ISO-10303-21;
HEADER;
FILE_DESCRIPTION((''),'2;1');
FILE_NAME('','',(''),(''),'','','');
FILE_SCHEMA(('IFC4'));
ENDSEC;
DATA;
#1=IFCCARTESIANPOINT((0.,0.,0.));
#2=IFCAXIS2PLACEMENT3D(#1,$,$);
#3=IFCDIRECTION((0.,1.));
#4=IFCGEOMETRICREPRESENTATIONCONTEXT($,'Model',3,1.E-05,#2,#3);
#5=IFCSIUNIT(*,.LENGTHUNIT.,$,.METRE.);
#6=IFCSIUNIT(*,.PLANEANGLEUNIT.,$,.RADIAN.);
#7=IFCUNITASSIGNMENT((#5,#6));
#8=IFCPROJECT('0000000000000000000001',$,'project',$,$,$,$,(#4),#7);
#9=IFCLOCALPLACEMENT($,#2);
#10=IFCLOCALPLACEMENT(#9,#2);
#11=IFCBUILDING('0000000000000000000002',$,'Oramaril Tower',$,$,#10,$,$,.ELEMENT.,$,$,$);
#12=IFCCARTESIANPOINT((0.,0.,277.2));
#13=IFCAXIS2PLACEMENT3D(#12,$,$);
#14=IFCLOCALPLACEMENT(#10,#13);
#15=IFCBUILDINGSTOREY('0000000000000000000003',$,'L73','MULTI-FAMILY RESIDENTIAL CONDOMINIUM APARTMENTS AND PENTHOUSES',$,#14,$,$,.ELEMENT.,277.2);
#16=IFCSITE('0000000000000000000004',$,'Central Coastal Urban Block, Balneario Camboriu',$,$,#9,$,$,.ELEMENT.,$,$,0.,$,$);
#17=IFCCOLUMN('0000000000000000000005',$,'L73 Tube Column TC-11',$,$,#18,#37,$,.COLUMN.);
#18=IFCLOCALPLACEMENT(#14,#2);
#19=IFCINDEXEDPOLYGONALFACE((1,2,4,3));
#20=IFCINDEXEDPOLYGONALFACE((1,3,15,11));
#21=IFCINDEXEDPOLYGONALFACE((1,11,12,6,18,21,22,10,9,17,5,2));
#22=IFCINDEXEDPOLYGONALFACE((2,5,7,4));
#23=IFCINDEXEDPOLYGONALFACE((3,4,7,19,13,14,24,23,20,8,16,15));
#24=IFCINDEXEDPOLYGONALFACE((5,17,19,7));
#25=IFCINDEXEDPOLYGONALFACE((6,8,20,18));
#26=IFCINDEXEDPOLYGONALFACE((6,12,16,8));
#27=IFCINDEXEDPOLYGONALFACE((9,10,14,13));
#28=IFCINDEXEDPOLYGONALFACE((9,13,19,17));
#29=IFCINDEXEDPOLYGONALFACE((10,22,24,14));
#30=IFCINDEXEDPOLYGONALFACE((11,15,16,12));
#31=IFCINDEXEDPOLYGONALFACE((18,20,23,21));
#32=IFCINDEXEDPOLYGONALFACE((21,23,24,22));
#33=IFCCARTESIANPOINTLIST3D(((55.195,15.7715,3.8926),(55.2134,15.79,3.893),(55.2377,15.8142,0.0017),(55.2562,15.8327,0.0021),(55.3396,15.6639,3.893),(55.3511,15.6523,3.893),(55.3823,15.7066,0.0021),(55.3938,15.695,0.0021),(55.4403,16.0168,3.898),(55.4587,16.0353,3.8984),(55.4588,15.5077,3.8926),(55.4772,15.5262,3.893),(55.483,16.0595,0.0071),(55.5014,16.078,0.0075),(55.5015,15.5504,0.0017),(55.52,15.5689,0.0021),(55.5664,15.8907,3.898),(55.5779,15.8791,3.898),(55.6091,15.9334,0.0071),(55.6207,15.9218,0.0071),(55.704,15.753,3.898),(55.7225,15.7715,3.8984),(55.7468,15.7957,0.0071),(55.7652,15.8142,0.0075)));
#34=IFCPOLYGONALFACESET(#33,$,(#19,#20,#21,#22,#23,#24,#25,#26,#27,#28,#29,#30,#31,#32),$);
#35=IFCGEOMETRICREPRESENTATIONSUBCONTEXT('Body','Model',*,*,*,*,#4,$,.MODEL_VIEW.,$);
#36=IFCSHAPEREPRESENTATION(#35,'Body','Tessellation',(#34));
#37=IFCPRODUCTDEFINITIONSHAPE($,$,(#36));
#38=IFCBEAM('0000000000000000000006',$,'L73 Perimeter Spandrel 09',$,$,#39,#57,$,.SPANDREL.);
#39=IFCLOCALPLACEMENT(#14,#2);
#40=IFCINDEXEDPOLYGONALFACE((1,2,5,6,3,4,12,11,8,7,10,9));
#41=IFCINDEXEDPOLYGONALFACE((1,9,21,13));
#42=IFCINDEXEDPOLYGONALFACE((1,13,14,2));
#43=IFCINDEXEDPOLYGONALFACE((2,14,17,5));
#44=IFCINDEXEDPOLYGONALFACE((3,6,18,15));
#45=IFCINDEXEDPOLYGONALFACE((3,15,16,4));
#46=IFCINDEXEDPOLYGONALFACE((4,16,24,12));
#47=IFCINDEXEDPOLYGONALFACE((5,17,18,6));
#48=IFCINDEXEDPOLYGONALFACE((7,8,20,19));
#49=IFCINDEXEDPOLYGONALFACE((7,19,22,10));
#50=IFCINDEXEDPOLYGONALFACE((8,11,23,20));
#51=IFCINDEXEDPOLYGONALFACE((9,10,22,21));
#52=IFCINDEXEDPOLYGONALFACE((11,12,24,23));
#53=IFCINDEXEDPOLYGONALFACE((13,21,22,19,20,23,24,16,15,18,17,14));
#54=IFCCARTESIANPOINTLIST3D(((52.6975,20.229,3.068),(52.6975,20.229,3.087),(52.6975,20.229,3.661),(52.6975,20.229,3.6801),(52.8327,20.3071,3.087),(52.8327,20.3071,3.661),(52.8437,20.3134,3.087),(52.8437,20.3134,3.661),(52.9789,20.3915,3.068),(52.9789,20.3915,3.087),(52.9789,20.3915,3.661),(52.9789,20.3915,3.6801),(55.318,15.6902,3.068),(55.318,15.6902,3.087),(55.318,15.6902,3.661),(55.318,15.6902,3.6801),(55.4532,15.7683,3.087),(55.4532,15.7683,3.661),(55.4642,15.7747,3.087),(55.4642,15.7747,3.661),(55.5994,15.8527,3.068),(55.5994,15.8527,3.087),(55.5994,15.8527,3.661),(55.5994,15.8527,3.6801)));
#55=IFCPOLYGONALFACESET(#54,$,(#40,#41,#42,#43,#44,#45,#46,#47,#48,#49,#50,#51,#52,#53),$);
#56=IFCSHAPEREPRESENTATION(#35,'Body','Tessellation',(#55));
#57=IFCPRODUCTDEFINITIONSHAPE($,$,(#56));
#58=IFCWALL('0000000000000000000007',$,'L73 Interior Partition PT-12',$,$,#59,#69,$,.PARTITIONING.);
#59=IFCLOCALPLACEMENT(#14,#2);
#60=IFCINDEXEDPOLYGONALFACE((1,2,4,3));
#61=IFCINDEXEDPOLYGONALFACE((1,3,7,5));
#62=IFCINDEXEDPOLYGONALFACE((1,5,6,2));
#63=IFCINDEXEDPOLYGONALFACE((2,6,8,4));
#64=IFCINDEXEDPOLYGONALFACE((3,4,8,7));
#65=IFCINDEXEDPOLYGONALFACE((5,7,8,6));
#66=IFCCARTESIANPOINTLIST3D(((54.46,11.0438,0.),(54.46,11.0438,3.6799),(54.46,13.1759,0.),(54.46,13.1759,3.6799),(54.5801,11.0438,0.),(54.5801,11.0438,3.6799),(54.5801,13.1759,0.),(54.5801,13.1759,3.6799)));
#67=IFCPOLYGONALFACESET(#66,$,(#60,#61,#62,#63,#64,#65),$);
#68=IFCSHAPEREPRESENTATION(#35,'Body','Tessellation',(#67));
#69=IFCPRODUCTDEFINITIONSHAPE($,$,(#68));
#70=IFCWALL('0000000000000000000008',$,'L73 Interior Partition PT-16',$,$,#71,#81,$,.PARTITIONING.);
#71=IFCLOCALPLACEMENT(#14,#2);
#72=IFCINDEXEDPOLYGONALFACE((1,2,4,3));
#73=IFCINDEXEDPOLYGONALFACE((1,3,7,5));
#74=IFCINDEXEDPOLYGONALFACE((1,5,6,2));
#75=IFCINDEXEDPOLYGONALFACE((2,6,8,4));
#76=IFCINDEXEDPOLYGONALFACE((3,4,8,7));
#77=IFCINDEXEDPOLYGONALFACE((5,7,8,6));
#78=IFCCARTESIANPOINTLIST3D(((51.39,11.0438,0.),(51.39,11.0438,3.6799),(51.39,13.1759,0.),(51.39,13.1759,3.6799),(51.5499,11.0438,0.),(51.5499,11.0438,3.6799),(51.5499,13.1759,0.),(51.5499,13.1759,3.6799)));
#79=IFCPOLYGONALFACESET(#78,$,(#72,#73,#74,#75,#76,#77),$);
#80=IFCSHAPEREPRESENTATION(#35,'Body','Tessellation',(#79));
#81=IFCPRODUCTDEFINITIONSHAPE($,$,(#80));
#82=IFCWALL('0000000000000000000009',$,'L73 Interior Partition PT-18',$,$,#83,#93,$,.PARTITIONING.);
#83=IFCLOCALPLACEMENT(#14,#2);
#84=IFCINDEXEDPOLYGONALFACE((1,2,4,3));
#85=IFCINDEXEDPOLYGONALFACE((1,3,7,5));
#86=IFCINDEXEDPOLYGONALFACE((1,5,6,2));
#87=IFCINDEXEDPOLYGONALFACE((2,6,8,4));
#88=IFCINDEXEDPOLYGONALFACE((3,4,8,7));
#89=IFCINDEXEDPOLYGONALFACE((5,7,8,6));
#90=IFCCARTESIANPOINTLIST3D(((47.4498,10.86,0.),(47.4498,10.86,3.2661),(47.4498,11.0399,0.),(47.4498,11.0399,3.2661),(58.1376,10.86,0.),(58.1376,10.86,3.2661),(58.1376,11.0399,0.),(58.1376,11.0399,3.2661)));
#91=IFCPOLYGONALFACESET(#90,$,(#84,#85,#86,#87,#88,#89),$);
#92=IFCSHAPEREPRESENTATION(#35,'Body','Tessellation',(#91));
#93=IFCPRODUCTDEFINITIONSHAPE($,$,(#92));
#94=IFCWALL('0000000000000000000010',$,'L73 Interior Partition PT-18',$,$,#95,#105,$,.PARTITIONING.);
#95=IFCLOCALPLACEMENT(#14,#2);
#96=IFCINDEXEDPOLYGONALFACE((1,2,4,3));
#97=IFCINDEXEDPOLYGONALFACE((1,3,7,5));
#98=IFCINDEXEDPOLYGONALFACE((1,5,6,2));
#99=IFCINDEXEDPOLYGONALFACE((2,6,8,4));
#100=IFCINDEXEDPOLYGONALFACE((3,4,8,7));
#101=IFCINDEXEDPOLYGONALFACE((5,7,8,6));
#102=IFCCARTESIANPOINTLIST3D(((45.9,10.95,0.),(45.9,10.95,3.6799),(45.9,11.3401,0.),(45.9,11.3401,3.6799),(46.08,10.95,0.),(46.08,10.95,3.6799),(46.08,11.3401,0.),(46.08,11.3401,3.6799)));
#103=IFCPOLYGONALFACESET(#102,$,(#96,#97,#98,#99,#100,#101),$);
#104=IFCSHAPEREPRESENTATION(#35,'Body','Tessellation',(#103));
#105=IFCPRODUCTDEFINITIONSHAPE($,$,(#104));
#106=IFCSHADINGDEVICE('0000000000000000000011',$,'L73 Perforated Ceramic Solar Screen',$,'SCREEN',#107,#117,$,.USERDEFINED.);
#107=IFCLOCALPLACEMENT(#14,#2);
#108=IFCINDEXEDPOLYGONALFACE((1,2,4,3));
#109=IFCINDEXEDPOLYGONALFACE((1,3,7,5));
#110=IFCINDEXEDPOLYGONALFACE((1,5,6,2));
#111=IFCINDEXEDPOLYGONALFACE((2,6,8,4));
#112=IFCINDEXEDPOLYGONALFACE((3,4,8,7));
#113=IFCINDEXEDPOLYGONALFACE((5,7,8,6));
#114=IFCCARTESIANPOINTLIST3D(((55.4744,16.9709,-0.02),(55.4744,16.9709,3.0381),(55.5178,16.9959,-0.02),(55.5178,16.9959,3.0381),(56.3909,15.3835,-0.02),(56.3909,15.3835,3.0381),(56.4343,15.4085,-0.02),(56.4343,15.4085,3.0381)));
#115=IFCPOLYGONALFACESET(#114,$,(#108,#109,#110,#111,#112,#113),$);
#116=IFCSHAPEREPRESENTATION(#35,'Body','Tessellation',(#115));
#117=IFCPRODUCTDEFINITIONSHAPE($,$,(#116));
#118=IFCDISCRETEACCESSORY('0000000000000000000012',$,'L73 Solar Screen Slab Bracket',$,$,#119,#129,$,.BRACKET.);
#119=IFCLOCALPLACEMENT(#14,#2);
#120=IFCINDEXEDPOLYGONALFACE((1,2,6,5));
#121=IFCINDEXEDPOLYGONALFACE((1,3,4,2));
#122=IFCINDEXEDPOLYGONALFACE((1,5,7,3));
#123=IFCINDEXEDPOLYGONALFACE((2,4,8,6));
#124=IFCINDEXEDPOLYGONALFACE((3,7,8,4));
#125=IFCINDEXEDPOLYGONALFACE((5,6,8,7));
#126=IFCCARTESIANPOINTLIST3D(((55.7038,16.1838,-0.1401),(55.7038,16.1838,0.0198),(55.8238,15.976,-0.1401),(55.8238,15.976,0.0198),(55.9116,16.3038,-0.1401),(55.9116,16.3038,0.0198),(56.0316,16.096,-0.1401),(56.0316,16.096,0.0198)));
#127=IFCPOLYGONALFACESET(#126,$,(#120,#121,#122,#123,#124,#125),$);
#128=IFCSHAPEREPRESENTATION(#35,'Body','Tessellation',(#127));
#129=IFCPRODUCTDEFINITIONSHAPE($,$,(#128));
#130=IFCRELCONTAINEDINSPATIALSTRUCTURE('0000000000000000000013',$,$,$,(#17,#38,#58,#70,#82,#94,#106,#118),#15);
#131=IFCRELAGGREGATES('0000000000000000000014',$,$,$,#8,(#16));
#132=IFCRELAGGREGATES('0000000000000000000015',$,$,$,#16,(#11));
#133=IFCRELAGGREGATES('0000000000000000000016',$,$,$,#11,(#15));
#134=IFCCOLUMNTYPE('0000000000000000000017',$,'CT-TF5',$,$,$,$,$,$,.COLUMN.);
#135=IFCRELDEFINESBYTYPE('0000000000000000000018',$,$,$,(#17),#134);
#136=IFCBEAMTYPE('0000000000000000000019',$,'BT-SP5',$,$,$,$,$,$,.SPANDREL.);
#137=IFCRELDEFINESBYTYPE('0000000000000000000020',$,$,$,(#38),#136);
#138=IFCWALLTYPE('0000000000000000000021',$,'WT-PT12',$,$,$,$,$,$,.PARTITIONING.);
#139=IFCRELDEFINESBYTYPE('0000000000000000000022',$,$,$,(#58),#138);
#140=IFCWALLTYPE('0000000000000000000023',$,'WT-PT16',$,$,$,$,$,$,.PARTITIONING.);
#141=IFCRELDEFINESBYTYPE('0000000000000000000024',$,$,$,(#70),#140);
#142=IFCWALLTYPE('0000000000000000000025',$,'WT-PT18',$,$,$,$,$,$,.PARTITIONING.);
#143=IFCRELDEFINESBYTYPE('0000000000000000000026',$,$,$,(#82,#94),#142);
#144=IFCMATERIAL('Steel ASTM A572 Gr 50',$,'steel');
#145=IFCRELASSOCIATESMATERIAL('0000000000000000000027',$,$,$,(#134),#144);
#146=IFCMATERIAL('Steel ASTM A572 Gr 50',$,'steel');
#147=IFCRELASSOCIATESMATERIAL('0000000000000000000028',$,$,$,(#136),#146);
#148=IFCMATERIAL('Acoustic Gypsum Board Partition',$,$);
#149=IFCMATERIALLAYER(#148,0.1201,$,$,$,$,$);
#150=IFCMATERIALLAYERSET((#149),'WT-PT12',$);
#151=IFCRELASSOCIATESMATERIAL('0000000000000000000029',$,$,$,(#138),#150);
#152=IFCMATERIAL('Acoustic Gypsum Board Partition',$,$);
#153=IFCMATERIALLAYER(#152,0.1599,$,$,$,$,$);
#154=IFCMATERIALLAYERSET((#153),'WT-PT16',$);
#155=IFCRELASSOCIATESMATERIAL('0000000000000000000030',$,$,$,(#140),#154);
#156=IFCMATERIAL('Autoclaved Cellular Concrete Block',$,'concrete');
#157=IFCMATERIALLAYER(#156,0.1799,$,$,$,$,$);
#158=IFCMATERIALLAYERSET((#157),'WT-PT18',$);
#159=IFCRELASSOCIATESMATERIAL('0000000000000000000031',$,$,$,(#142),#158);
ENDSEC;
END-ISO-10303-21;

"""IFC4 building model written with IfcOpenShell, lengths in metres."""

from ifc_helpers import new_model, si_unit, direction, frame, frame_2d, origin, origin_2d, place, context, subcontext, project, spatial, rectangle, i_section, extrude, material, layer, layer_set, material_profile, profile_set, type_object, element, save


model = new_model("IFC4")

# Units and contexts
model_context = context("Model", 3, precision=1e-05, world=origin(), true_north=direction((0.0, 1.0)))
body_context = subcontext(model_context, "Body", "Model", "MODEL_VIEW")
ifc_project = project(units=[si_unit("LENGTHUNIT", "METRE"), si_unit("PLANEANGLEUNIT", "RADIAN")], contexts=[model_context])

# Site, building, storey
site_placement = place(None, origin())
site = spatial("IfcSite", under=ifc_project, at=site_placement, Name="Central Coastal Urban Block, Balneario Camboriu", CompositionType="ELEMENT", RefElevation=0.0)
building_placement = place(site_placement, origin())
building = spatial("IfcBuilding", under=site, at=building_placement, Name="Oramaril Tower", CompositionType="ELEMENT")
storey_placement = place(building_placement, frame((0.0, 0.0, 277.2)))
storey = spatial("IfcBuildingStorey", under=building, at=storey_placement, Name="L73", Description="MULTI-FAMILY RESIDENTIAL CONDOMINIUM APARTMENTS AND PENTHOUSES", CompositionType="ELEMENT", Elevation=277.2)

# Column
ifc_material_1 = material(Name="Steel ASTM A572 Gr 50", Category="steel")
ifc_material_profile_1 = material_profile(ifc_material_1, i_section(OverallWidth=0.373, OverallDepth=0.373, WebThickness=0.0164, FlangeThickness=0.0261, at=origin_2d()), Name="W14X132")
ifc_profile_set_1 = profile_set([ifc_material_profile_1], Name="Steel ASTM A572 Gr 50")
column_type = type_object("IfcColumnType", Name="CT-TF5", PredefinedType="COLUMN", material=ifc_profile_set_1)
column_placement = place(storey_placement, frame((55.5015, 15.8142, 0.0046), z_axis=(-0.010979, -0.010979, 0.999879), x_axis=(0.707107, -0.707107, 0.0)))
element("IfcColumn", 1, at=column_placement, inside=storey, type_object=column_type, Name="L73 Tube Column TC-11", PredefinedType="COLUMN", context=body_context, shape_type="SweptSolid", body=[
    extrude(i_section(OverallWidth=0.373, OverallDepth=0.373, WebThickness=0.0164, FlangeThickness=0.0261, at=origin_2d()), origin(), (0.0, 0.0, 1.0), 3.8914),
])

# Beam
ifc_material_2 = material(Name="Steel ASTM A572 Gr 50", Category="steel")
ifc_material_profile_2 = material_profile(ifc_material_2, i_section(OverallWidth=0.325, OverallDepth=0.6121, WebThickness=0.0127, FlangeThickness=0.019, at=origin_2d()), Name="W24X104")
ifc_profile_set_2 = profile_set([ifc_material_profile_2], Name="Steel ASTM A572 Gr 50")
beam_type = type_object("IfcBeamType", Name="BT-SP5", PredefinedType="SPANDREL", material=ifc_profile_set_2)
beam_placement = place(storey_placement, frame((55.4587, 15.7715, 3.374), z_axis=(-0.500017, 0.866016, 0.0), x_axis=(-0.866016, -0.500017, 0.0)))
element("IfcBeam", 2, at=beam_placement, inside=storey, type_object=beam_type, Name="L73 Perimeter Spandrel 09", PredefinedType="SPANDREL", context=body_context, shape_type="SweptSolid", body=[
    extrude(i_section(OverallWidth=0.325, OverallDepth=0.6121, WebThickness=0.0127, FlangeThickness=0.019, at=origin_2d()), origin(), (0.0, 0.0, 1.0), 5.241),
])

# Wall
ifc_material_3 = material(Name="Acoustic Gypsum Board Partition")
ifc_layer_1 = layer(ifc_material_3, 0.1201)
ifc_layer_set_1 = layer_set([ifc_layer_1], Name="WT-PT12")
wall_type_1 = type_object("IfcWallType", Name="WT-PT12", PredefinedType="PARTITIONING", material=ifc_layer_set_1)
wall_1_placement = place(storey_placement, frame((54.52, 11.0439, 0.0), z_axis=(0.0, 0.0, 1.0), x_axis=(0.0, 1.0, 0.0)))
element("IfcWall", 3, at=wall_1_placement, inside=storey, type_object=wall_type_1, Name="L73 Interior Partition PT-12", PredefinedType="PARTITIONING", context=body_context, shape_type="SweptSolid", body=[
    extrude(rectangle(XDim=2.1321, YDim=0.1201, at=frame_2d((1.0659, 0.0))), origin(), (0.0, 0.0, 1.0), 3.6799),
])

# Shared definitions
ifc_material_4 = material(Name="Acoustic Gypsum Board Partition")
ifc_layer_2 = layer(ifc_material_4, 0.1599)
ifc_layer_set_2 = layer_set([ifc_layer_2], Name="WT-PT16")
wall_type_2 = type_object("IfcWallType", Name="WT-PT16", PredefinedType="PARTITIONING", material=ifc_layer_set_2)

# Walls
wall_2_placement = place(storey_placement, frame((51.47, 11.0439, 0.0), z_axis=(0.0, 0.0, 1.0), x_axis=(0.0, 1.0, 0.0)))
element("IfcWall", 4, at=wall_2_placement, inside=storey, type_object=wall_type_2, Name="L73 Interior Partition PT-16", PredefinedType="PARTITIONING", context=body_context, shape_type="SweptSolid", body=[
    extrude(rectangle(XDim=2.1321, YDim=0.1599, at=frame_2d((1.0659, 0.0))), origin(), (0.0, 0.0, 1.0), 3.6799),
])
ifc_material_5 = material(Name="Autoclaved Cellular Concrete Block", Category="concrete")
ifc_layer_3 = layer(ifc_material_5, 0.1799)
ifc_layer_set_3 = layer_set([ifc_layer_3], Name="WT-PT18")
wall_type_3 = type_object("IfcWallType", Name="WT-PT18", PredefinedType="PARTITIONING", material=ifc_layer_set_3)
wall_3_placement = place(storey_placement, frame((47.45, 10.95, 0.0), z_axis=(0.0, 0.0, 1.0), x_axis=(1.0, 0.0, 0.0)))
element("IfcWall", 5, at=wall_3_placement, inside=storey, type_object=wall_type_3, Name="L73 Interior Partition PT-18", PredefinedType="PARTITIONING", context=body_context, shape_type="SweptSolid", body=[
    extrude(rectangle(XDim=10.6877, YDim=0.1799, at=frame_2d((5.3438, 0.0))), origin(), (0.0, 0.0, 1.0), 3.2661),
])
wall_4_placement = place(storey_placement, frame((45.99, 10.95, 0.0), z_axis=(0.0, 0.0, 1.0), x_axis=(0.0, 1.0, 0.0)))
element("IfcWall", 6, at=wall_4_placement, inside=storey, type_object=wall_type_3, Name="L73 Interior Partition PT-18", PredefinedType="PARTITIONING", context=body_context, shape_type="SweptSolid", body=[
    extrude(rectangle(XDim=0.3901, YDim=0.1799, at=frame_2d((0.1951, 0.0))), origin(), (0.0, 0.0, 1.0), 3.6799),
])

# Shading device
shading_device_placement = place(storey_placement, frame((55.9543, 16.1897, -0.02), z_axis=(0.0, 0.0, 1.0), x_axis=(-0.499998, 0.866026, 0.0)))
element("IfcShadingDevice", 7, at=shading_device_placement, inside=storey, Name="L73 Perforated Ceramic Solar Screen", ObjectType="SCREEN", PredefinedType="USERDEFINED", context=body_context, shape_type="SweptSolid", body=[
    extrude(rectangle(XDim=1.833, YDim=0.05, at=origin_2d()), origin(), (0.0, 0.0, 1.0), 3.0581),
])

# Discrete accessory
discrete_accessory_placement = place(storey_placement, frame((55.8677, 16.1399, -0.1401), z_axis=(0.0, 0.0, 1.0), x_axis=(-0.499998, 0.866026, 0.0)))
element("IfcDiscreteAccessory", 8, at=discrete_accessory_placement, inside=storey, Name="L73 Solar Screen Slab Bracket", PredefinedType="BRACKET", context=body_context, shape_type="SweptSolid", body=[
    extrude(rectangle(XDim=0.24, YDim=0.24, at=origin_2d()), origin(), (0.0, 0.0, 1.0), 0.1599),
])

save(model, "model.ifc")
